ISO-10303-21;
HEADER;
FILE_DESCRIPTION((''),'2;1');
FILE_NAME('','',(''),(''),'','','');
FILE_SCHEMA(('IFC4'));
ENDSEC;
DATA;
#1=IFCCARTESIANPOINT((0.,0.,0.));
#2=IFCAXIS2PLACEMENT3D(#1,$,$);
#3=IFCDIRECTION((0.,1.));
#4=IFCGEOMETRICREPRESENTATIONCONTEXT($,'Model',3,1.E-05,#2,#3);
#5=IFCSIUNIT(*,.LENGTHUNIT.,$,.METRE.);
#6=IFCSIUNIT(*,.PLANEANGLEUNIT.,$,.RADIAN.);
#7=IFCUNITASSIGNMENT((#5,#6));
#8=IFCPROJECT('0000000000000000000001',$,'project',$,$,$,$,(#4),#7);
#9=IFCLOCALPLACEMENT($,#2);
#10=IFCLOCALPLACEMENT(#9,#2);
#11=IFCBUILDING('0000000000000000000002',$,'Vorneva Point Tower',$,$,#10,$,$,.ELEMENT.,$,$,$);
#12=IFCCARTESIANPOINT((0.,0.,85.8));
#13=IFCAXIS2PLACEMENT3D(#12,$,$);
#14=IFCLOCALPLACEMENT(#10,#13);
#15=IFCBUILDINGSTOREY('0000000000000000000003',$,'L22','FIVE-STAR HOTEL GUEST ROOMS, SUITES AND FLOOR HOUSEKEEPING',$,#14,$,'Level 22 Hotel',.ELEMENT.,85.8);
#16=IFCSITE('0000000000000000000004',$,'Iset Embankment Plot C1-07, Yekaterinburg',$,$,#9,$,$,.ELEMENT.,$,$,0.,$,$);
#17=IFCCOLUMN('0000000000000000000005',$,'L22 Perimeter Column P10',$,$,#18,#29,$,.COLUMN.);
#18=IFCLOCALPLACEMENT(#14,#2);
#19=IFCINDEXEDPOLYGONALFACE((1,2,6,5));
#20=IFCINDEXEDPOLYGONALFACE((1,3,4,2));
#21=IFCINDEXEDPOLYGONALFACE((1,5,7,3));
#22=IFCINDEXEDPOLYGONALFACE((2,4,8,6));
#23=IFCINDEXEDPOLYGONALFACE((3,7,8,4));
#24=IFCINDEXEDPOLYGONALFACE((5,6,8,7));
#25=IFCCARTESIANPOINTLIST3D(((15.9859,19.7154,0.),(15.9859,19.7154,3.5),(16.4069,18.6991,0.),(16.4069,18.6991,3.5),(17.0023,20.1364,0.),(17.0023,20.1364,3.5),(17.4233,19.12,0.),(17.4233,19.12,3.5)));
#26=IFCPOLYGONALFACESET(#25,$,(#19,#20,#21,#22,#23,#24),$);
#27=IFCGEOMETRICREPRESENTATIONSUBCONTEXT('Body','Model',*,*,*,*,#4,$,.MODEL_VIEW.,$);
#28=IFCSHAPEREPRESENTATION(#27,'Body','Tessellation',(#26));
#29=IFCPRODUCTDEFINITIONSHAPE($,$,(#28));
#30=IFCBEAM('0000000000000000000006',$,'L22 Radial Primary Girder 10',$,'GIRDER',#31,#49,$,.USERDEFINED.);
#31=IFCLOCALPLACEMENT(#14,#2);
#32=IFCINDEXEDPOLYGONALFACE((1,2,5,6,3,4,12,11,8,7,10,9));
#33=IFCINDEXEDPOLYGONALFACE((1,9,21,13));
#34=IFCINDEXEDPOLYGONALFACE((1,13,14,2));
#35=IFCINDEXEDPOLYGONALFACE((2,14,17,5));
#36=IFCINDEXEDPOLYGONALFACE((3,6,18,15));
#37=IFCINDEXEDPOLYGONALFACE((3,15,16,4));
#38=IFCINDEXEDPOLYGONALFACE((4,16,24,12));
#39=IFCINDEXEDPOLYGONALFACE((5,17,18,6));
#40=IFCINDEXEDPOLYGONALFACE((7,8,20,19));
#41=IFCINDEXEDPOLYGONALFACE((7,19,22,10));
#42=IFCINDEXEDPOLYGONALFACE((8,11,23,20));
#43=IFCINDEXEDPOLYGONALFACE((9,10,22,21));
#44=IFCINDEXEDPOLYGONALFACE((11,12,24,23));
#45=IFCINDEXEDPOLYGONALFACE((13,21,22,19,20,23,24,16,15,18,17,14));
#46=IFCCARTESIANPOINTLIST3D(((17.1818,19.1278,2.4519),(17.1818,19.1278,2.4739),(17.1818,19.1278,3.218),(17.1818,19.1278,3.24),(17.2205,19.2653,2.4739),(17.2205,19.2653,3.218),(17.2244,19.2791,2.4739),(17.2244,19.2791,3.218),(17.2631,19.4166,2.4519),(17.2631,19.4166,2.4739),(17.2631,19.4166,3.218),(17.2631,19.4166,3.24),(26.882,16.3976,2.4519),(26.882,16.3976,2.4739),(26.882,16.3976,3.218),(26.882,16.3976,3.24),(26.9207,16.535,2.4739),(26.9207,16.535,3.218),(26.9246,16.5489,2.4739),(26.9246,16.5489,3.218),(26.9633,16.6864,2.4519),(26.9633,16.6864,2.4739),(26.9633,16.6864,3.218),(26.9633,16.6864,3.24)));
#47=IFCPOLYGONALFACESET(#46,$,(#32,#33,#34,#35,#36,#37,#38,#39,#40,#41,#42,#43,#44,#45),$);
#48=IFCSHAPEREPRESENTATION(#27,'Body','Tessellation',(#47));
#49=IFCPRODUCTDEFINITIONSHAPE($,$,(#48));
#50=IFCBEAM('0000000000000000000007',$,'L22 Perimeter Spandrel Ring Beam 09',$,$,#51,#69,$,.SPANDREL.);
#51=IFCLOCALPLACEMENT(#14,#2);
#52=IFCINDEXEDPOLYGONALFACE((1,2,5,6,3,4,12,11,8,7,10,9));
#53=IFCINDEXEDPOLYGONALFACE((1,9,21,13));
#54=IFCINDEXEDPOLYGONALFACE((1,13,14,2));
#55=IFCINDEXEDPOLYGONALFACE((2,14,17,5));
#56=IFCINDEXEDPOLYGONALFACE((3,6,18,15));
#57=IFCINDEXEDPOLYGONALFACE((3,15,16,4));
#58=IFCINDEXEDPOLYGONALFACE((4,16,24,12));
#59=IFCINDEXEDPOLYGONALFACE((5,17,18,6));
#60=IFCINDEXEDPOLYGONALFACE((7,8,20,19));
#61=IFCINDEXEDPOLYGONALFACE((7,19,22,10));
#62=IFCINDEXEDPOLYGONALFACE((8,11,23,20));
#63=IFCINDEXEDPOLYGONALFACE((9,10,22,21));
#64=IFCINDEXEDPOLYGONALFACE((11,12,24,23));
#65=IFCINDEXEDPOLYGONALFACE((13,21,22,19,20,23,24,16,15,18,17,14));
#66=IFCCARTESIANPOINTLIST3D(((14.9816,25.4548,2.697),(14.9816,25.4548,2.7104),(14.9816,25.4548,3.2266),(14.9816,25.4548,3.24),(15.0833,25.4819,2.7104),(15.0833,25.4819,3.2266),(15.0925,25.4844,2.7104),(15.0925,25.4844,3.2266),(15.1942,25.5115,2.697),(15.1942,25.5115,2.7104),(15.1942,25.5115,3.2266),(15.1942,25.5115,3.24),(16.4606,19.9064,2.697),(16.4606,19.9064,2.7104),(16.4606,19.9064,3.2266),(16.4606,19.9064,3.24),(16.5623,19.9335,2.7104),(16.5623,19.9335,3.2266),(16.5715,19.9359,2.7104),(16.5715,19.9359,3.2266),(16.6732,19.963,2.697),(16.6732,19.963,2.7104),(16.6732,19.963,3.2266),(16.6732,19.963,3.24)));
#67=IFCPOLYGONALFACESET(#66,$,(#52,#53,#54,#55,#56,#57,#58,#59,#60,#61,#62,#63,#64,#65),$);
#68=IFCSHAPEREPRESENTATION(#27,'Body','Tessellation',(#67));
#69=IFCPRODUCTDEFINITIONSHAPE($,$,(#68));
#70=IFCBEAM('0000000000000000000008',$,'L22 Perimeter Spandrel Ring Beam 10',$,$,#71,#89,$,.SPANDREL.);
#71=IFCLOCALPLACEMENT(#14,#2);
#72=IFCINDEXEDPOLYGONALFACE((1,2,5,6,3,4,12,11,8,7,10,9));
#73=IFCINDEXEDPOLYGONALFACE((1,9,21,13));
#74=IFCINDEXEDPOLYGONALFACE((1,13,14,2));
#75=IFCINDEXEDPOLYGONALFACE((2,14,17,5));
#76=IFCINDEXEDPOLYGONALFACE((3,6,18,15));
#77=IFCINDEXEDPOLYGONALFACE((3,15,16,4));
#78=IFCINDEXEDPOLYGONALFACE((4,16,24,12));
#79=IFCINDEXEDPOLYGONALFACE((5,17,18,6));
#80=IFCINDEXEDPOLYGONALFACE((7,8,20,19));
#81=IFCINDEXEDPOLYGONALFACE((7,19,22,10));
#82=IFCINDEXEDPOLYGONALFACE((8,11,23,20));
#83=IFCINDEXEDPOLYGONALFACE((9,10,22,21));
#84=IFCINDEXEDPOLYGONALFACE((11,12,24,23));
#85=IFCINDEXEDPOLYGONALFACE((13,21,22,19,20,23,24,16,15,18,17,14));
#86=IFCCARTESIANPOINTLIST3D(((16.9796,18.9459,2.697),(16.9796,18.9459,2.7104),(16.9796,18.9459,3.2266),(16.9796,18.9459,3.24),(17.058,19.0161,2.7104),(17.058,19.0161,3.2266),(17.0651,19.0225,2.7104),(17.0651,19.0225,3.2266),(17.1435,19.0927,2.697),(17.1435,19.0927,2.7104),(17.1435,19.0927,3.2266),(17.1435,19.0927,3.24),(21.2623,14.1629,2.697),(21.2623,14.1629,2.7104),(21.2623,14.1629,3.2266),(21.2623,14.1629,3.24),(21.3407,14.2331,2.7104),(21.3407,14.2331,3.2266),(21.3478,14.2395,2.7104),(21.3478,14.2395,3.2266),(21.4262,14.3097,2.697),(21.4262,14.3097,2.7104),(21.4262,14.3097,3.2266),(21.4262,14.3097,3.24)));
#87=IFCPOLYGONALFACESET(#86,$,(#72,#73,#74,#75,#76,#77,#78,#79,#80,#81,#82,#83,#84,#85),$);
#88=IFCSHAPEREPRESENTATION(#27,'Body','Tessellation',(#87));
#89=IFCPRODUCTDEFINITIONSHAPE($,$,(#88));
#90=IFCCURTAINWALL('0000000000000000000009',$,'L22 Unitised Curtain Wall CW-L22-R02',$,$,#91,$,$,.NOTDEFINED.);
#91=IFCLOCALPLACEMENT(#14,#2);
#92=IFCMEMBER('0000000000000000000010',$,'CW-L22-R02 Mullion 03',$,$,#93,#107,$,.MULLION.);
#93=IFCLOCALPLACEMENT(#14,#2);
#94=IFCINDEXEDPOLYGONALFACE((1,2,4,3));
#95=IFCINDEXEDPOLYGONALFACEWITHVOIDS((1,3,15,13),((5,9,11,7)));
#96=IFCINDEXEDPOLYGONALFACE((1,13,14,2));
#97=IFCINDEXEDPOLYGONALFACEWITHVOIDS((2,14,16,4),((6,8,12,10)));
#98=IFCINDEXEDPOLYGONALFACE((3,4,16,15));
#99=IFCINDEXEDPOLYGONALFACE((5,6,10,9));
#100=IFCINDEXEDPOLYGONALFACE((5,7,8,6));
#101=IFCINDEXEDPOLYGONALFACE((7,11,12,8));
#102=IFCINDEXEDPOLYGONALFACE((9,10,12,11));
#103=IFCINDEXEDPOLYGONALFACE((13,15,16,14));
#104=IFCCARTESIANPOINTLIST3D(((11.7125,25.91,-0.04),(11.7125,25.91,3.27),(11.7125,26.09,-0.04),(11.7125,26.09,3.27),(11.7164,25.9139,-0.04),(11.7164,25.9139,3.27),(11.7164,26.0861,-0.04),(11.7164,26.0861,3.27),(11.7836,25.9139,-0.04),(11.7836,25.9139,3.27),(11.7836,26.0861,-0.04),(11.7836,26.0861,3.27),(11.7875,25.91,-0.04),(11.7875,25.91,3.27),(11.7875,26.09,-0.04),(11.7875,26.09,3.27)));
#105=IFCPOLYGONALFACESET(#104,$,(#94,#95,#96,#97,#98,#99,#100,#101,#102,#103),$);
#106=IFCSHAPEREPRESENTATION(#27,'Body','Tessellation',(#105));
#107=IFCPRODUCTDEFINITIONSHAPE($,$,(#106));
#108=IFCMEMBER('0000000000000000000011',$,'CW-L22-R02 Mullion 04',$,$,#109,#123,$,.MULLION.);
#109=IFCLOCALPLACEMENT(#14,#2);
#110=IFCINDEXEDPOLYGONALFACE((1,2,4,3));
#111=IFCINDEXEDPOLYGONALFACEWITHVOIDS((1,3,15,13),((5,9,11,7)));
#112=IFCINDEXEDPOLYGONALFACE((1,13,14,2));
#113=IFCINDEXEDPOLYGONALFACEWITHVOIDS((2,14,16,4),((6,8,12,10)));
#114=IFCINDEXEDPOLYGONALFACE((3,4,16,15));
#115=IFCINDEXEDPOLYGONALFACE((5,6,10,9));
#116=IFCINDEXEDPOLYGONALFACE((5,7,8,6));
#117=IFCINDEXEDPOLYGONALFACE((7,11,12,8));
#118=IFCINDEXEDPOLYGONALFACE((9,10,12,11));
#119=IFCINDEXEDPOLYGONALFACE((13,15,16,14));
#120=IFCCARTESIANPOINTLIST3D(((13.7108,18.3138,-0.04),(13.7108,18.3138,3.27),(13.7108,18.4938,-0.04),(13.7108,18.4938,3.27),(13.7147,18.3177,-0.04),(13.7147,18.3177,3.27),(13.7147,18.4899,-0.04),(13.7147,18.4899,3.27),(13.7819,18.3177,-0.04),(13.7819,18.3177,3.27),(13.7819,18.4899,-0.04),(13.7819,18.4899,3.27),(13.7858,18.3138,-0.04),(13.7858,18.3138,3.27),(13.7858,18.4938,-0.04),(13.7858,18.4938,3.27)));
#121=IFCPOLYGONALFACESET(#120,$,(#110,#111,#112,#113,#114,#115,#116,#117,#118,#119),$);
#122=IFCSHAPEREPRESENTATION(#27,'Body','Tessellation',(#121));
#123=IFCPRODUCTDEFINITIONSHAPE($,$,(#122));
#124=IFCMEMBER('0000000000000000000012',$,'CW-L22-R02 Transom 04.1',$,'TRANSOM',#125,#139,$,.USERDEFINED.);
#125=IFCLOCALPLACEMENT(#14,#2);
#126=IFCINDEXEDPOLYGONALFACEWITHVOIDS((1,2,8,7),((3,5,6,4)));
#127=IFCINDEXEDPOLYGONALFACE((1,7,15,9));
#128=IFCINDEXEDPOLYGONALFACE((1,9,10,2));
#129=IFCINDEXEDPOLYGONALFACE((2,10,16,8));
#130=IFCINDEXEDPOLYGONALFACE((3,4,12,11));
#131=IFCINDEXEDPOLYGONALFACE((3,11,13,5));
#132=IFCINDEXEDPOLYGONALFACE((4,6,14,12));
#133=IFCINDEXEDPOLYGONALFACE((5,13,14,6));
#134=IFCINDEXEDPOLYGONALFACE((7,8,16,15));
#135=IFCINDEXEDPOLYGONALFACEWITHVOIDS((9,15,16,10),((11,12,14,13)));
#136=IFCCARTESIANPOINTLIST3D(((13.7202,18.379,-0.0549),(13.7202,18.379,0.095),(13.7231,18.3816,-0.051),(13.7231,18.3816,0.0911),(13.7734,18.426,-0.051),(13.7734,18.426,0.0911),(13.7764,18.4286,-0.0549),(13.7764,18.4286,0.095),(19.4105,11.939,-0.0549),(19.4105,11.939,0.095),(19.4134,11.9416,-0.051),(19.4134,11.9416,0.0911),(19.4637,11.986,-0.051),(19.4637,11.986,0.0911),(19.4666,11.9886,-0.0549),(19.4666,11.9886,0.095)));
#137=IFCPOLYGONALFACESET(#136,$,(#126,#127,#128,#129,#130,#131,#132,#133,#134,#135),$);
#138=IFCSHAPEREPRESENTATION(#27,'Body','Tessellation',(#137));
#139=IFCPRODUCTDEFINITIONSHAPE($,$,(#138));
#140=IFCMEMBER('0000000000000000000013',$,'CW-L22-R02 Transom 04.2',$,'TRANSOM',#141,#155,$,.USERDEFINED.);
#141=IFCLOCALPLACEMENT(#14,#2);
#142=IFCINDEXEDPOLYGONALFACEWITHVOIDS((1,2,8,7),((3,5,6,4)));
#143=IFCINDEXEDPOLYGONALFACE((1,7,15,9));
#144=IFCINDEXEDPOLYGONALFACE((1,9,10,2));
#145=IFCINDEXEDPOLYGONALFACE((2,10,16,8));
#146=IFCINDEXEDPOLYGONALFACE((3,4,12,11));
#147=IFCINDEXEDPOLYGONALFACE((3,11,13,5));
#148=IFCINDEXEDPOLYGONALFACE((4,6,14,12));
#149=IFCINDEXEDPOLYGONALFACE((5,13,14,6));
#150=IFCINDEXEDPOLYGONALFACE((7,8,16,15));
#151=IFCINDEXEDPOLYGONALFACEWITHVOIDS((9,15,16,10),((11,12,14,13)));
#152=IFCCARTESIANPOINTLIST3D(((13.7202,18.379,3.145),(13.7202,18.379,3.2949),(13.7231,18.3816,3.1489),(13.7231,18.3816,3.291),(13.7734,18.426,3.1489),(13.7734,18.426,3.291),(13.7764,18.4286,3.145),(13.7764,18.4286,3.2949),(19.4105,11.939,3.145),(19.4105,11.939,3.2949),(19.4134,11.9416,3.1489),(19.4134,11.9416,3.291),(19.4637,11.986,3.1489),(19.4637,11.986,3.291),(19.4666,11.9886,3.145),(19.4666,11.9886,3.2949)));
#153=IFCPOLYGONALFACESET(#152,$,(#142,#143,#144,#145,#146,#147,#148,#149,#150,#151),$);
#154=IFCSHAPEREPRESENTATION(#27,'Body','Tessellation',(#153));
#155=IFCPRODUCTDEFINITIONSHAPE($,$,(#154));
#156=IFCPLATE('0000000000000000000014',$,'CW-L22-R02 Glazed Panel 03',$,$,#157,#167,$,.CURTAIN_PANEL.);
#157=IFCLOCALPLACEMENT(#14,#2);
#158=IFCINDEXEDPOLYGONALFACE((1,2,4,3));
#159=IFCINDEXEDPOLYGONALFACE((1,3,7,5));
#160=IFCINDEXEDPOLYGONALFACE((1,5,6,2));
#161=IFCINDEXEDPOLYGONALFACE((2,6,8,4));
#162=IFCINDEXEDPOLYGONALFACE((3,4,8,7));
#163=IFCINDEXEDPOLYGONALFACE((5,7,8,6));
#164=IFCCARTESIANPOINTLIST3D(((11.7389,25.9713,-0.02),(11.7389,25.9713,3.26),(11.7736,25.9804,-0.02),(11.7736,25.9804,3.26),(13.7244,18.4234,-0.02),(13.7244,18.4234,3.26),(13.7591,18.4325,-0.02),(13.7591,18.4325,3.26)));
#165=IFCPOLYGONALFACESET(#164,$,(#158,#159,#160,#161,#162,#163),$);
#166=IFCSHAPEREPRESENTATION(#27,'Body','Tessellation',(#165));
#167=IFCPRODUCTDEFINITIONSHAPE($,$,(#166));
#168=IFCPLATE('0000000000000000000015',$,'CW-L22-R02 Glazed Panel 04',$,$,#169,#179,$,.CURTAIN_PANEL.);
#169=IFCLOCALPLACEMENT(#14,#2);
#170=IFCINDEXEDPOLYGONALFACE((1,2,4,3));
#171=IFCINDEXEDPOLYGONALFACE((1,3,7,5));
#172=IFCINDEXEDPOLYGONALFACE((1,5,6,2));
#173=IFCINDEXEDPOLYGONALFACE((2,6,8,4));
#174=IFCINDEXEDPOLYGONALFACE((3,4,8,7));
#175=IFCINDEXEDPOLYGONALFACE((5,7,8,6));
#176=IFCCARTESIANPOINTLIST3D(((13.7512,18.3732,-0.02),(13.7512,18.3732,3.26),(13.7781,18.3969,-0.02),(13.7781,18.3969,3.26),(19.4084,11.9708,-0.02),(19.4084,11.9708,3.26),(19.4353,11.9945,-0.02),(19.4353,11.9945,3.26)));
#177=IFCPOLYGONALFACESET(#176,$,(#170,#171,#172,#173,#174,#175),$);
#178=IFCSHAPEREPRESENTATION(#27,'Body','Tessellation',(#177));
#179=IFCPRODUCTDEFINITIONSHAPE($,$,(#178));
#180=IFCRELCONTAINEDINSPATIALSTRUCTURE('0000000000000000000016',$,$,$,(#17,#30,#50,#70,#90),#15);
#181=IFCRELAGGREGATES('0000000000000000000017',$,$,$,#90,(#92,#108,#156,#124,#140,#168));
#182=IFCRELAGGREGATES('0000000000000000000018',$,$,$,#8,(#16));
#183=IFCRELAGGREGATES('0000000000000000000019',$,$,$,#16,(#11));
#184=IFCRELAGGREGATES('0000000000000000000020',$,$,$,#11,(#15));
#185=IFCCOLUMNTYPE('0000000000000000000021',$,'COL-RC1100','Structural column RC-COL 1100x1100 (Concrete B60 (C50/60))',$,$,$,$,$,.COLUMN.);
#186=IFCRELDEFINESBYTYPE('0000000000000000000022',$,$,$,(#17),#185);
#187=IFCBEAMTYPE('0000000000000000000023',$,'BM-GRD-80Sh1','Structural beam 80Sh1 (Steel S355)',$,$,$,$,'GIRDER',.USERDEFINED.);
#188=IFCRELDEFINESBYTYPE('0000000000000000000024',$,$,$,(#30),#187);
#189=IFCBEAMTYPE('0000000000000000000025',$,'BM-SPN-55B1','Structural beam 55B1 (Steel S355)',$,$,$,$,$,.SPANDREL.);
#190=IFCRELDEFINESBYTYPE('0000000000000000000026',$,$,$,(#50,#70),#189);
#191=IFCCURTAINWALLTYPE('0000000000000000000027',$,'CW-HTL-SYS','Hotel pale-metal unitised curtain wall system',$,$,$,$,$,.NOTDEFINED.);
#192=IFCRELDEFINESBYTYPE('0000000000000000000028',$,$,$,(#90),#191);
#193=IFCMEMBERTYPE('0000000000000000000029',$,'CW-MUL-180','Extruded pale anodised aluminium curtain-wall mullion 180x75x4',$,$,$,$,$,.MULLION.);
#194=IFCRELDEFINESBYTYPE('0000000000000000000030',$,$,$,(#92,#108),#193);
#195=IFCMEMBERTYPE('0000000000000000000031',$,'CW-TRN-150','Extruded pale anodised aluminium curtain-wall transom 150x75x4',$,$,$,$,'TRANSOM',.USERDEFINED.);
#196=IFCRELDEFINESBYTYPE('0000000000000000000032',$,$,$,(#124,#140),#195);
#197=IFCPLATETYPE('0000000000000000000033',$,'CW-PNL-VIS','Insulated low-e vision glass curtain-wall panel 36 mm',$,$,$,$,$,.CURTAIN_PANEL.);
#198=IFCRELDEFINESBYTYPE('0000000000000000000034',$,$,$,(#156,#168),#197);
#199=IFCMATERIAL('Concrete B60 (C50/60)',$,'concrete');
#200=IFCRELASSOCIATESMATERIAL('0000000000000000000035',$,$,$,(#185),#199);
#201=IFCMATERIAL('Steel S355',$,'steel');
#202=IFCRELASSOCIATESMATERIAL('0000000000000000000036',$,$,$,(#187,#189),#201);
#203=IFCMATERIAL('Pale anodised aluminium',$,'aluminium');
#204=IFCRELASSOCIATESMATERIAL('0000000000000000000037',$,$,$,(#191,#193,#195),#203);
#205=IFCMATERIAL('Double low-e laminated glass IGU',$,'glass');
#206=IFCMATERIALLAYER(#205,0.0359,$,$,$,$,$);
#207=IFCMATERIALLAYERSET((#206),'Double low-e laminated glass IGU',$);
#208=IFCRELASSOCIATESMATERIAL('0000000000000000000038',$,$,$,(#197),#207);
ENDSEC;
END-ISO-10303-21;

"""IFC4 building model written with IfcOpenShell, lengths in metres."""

from ifc_helpers import new_model, si_unit, direction, frame, origin, origin_2d, place, context, subcontext, project, spatial, rectangle, hollow_rectangle, i_section, extrude, material, layer, layer_set, material_profile, profile_set, type_object, element, aggregate, save


model = new_model("IFC4")

# Units and contexts
model_context = context("Model", 3, precision=1e-05, world=origin(), true_north=direction((0.0, 1.0)))
body_context = subcontext(model_context, "Body", "Model", "MODEL_VIEW")
ifc_project = project(units=[si_unit("LENGTHUNIT", "METRE"), si_unit("PLANEANGLEUNIT", "RADIAN")], contexts=[model_context])

# Site, building, storey
site_placement = place(None, origin())
site = spatial("IfcSite", under=ifc_project, at=site_placement, Name="Iset Embankment Plot C1-07, Yekaterinburg", CompositionType="ELEMENT", RefElevation=0.0)
building_placement = place(site_placement, origin())
building = spatial("IfcBuilding", under=site, at=building_placement, Name="Vorneva Point Tower", CompositionType="ELEMENT")
storey_placement = place(building_placement, frame((0.0, 0.0, 85.8)))
storey = spatial("IfcBuildingStorey", under=building, at=storey_placement, Name="L22", Description="FIVE-STAR HOTEL GUEST ROOMS, SUITES AND FLOOR HOUSEKEEPING", LongName="Level 22 Hotel", CompositionType="ELEMENT", Elevation=85.8)

# Column
ifc_material_1 = material(Name="Concrete B60 (C50/60)", Category="concrete")
ifc_material_profile_1 = material_profile(ifc_material_1, rectangle(XDim=1.1001, YDim=1.1001, at=origin_2d()), Name="RC-COL 1100x1100")
ifc_profile_set_1 = profile_set([ifc_material_profile_1], Name="Concrete B60 (C50/60)")
column_type = type_object("IfcColumnType", Name="COL-RC1100", Description="Structural column RC-COL 1100x1100 (Concrete B60 (C50/60))", PredefinedType="COLUMN", material=ifc_profile_set_1)
column_placement = place(storey_placement, frame((16.7046, 19.4177, 0.0), z_axis=(0.0, 0.0, 1.0), x_axis=(-0.92388, -0.382683, 0.0)))
element("IfcColumn", 1, at=column_placement, inside=storey, type_object=column_type, Name="L22 Perimeter Column P10", PredefinedType="COLUMN", context=body_context, shape_type="SweptSolid", body=[
    extrude(rectangle(XDim=1.1001, YDim=1.1001, at=origin_2d()), origin(), (0.0, 0.0, 1.0), 3.5),
])

# Beams
ifc_material_2 = material(Name="Steel S355", Category="steel")
ifc_material_profile_2 = material_profile(ifc_material_2, i_section(OverallWidth=0.3, OverallDepth=0.7881, WebThickness=0.0144, FlangeThickness=0.022, at=origin_2d()), Name="80Sh1")
ifc_profile_set_2 = profile_set([ifc_material_profile_2], Name="Steel S355")
beam_type_1 = type_object("IfcBeamType", Name="BM-GRD-80Sh1", Description="Structural beam 80Sh1 (Steel S355)", ElementType="GIRDER", PredefinedType="USERDEFINED", material=ifc_profile_set_2)
beam_1_placement = place(storey_placement, frame((17.2224, 19.2722, 2.8459), z_axis=(0.962598, -0.270934, 0.0), x_axis=(0.270934, 0.962598, 0.0)))
element("IfcBeam", 2, at=beam_1_placement, inside=storey, type_object=beam_type_1, Name="L22 Radial Primary Girder 10", ObjectType="GIRDER", PredefinedType="USERDEFINED", context=body_context, shape_type="SweptSolid", body=[
    extrude(i_section(OverallWidth=0.3, OverallDepth=0.7881, WebThickness=0.0144, FlangeThickness=0.022, at=origin_2d()), origin(), (0.0, 0.0, 1.0), 10.0771),
])
ifc_material_profile_3 = material_profile(ifc_material_2, i_section(OverallWidth=0.22, OverallDepth=0.543, WebThickness=0.0095, FlangeThickness=0.0134, at=origin_2d()), Name="55B1")
ifc_profile_set_3 = profile_set([ifc_material_profile_3], Name="Steel S355")
beam_type_2 = type_object("IfcBeamType", Name="BM-SPN-55B1", Description="Structural beam 55B1 (Steel S355)", PredefinedType="SPANDREL", material=ifc_profile_set_3)
beam_2_placement = place(storey_placement, frame((15.0879, 25.4832, 2.9685), z_axis=(0.257573, -0.966259, 0.0), x_axis=(0.966259, 0.257573, 0.0)))
element("IfcBeam", 3, at=beam_2_placement, inside=storey, type_object=beam_type_2, Name="L22 Perimeter Spandrel Ring Beam 09", PredefinedType="SPANDREL", context=body_context, shape_type="SweptSolid", body=[
    extrude(i_section(OverallWidth=0.22, OverallDepth=0.543, WebThickness=0.0095, FlangeThickness=0.0134, at=origin_2d()), origin(), (0.0, 0.0, 1.0), 5.7422),
])
beam_3_placement = place(storey_placement, frame((17.0615, 19.0193, 2.9685), z_axis=(0.667074, -0.744992, 0.0), x_axis=(0.744992, 0.667074, 0.0)))
element("IfcBeam", 4, at=beam_3_placement, inside=storey, type_object=beam_type_2, Name="L22 Perimeter Spandrel Ring Beam 10", PredefinedType="SPANDREL", context=body_context, shape_type="SweptSolid", body=[
    extrude(i_section(OverallWidth=0.22, OverallDepth=0.543, WebThickness=0.0095, FlangeThickness=0.0134, at=origin_2d()), origin(), (0.0, 0.0, 1.0), 6.4202),
])

# Curtain wall, members, plates
ifc_material_3 = material(Name="Pale anodised aluminium", Category="aluminium")
curtain_wall_type = type_object("IfcCurtainWallType", Name="CW-HTL-SYS", Description="Hotel pale-metal unitised curtain wall system", PredefinedType="NOTDEFINED", material=ifc_material_3)
curtain_wall_placement = place(storey_placement, origin())
curtain_wall = element("IfcCurtainWall", 5, at=curtain_wall_placement, inside=storey, type_object=curtain_wall_type, Name="L22 Unitised Curtain Wall CW-L22-R02", PredefinedType="NOTDEFINED")
ifc_material_profile_4 = material_profile(ifc_material_3, hollow_rectangle(XDim=0.075, YDim=0.1799, WallThickness=0.0039, at=origin_2d()), Name="AL-MUL 180x75x4")
ifc_profile_set_4 = profile_set([ifc_material_profile_4], Name="Pale anodised aluminium")
member_type_1 = type_object("IfcMemberType", Name="CW-MUL-180", Description="Extruded pale anodised aluminium curtain-wall mullion 180x75x4", PredefinedType="MULLION", material=ifc_profile_set_4)
member_1_placement = place(storey_placement, frame((11.75, 26.0, -0.04), z_axis=(0.0, 0.0, 1.0), x_axis=(1.0, 0.0, 0.0)))
member_1 = element("IfcMember", 6, at=member_1_placement, type_object=member_type_1, Name="CW-L22-R02 Mullion 03", PredefinedType="MULLION", context=body_context, shape_type="SweptSolid", body=[
    extrude(hollow_rectangle(XDim=0.075, YDim=0.1799, WallThickness=0.0039, at=origin_2d()), origin(), (0.0, 0.0, 1.0), 3.3101),
])
member_2_placement = place(storey_placement, frame((13.7483, 18.4038, -0.04), z_axis=(0.0, 0.0, 1.0), x_axis=(1.0, 0.0, 0.0)))
member_2 = element("IfcMember", 7, at=member_2_placement, type_object=member_type_1, Name="CW-L22-R02 Mullion 04", PredefinedType="MULLION", context=body_context, shape_type="SweptSolid", body=[
    extrude(hollow_rectangle(XDim=0.075, YDim=0.1799, WallThickness=0.0039, at=origin_2d()), origin(), (0.0, 0.0, 1.0), 3.3101),
])
ifc_material_profile_5 = material_profile(ifc_material_3, hollow_rectangle(XDim=0.075, YDim=0.1499, WallThickness=0.0039, at=origin_2d()), Name="AL-TRN 150x75x4")
ifc_profile_set_5 = profile_set([ifc_material_profile_5], Name="Pale anodised aluminium")
member_type_2 = type_object("IfcMemberType", Name="CW-TRN-150", Description="Extruded pale anodised aluminium curtain-wall transom 150x75x4", ElementType="TRANSOM", PredefinedType="USERDEFINED", material=ifc_profile_set_5)
member_3_placement = place(storey_placement, frame((13.7483, 18.4038, 0.02), z_axis=(0.662137, -0.749383, 0.0), x_axis=(0.749383, 0.662137, 0.0)))
member_3 = element("IfcMember", 8, at=member_3_placement, type_object=member_type_2, Name="CW-L22-R02 Transom 04.1", ObjectType="TRANSOM", PredefinedType="USERDEFINED", context=body_context, shape_type="SweptSolid", body=[
    extrude(hollow_rectangle(XDim=0.075, YDim=0.1499, WallThickness=0.0039, at=origin_2d()), origin(), (0.0, 0.0, 1.0), 8.5938),
])
member_4_placement = place(storey_placement, frame((13.7483, 18.4038, 3.22), z_axis=(0.662137, -0.749383, 0.0), x_axis=(0.749383, 0.662137, 0.0)))
member_4 = element("IfcMember", 9, at=member_4_placement, type_object=member_type_2, Name="CW-L22-R02 Transom 04.2", ObjectType="TRANSOM", PredefinedType="USERDEFINED", context=body_context, shape_type="SweptSolid", body=[
    extrude(hollow_rectangle(XDim=0.075, YDim=0.1499, WallThickness=0.0039, at=origin_2d()), origin(), (0.0, 0.0, 1.0), 8.5938),
])
ifc_material_4 = material(Name="Double low-e laminated glass IGU", Category="glass")
ifc_layer_1 = layer(ifc_material_4, 0.0359)
ifc_layer_set_1 = layer_set([ifc_layer_1], Name="Double low-e laminated glass IGU")
plate_type = type_object("IfcPlateType", Name="CW-PNL-VIS", Description="Insulated low-e vision glass curtain-wall panel 36 mm", PredefinedType="CURTAIN_PANEL", material=ifc_layer_set_1)
plate_1_placement = place(storey_placement, frame((12.749, 22.2019, -0.02), z_axis=(0.0, 0.0, 1.0), x_axis=(0.254399, -0.967099, 0.0)))
plate_1 = element("IfcPlate", 10, at=plate_1_placement, type_object=plate_type, Name="CW-L22-R02 Glazed Panel 03", PredefinedType="CURTAIN_PANEL", context=body_context, shape_type="SweptSolid", body=[
    extrude(rectangle(XDim=7.8047, YDim=0.0359, at=origin_2d()), origin(), (0.0, 0.0, 1.0), 3.28),
])
plate_2_placement = place(storey_placement, frame((16.5933, 15.1838, -0.02), z_axis=(0.0, 0.0, 1.0), x_axis=(0.662149, -0.749372, 0.0)))
plate_2 = element("IfcPlate", 11, at=plate_2_placement, type_object=plate_type, Name="CW-L22-R02 Glazed Panel 04", PredefinedType="CURTAIN_PANEL", context=body_context, shape_type="SweptSolid", body=[
    extrude(rectangle(XDim=8.5437, YDim=0.0359, at=origin_2d()), origin(), (0.0, 0.0, 1.0), 3.28),
])
aggregate(curtain_wall, [member_1, member_2, plate_1, member_3, member_4, plate_2])

save(model, "model.ifc")
